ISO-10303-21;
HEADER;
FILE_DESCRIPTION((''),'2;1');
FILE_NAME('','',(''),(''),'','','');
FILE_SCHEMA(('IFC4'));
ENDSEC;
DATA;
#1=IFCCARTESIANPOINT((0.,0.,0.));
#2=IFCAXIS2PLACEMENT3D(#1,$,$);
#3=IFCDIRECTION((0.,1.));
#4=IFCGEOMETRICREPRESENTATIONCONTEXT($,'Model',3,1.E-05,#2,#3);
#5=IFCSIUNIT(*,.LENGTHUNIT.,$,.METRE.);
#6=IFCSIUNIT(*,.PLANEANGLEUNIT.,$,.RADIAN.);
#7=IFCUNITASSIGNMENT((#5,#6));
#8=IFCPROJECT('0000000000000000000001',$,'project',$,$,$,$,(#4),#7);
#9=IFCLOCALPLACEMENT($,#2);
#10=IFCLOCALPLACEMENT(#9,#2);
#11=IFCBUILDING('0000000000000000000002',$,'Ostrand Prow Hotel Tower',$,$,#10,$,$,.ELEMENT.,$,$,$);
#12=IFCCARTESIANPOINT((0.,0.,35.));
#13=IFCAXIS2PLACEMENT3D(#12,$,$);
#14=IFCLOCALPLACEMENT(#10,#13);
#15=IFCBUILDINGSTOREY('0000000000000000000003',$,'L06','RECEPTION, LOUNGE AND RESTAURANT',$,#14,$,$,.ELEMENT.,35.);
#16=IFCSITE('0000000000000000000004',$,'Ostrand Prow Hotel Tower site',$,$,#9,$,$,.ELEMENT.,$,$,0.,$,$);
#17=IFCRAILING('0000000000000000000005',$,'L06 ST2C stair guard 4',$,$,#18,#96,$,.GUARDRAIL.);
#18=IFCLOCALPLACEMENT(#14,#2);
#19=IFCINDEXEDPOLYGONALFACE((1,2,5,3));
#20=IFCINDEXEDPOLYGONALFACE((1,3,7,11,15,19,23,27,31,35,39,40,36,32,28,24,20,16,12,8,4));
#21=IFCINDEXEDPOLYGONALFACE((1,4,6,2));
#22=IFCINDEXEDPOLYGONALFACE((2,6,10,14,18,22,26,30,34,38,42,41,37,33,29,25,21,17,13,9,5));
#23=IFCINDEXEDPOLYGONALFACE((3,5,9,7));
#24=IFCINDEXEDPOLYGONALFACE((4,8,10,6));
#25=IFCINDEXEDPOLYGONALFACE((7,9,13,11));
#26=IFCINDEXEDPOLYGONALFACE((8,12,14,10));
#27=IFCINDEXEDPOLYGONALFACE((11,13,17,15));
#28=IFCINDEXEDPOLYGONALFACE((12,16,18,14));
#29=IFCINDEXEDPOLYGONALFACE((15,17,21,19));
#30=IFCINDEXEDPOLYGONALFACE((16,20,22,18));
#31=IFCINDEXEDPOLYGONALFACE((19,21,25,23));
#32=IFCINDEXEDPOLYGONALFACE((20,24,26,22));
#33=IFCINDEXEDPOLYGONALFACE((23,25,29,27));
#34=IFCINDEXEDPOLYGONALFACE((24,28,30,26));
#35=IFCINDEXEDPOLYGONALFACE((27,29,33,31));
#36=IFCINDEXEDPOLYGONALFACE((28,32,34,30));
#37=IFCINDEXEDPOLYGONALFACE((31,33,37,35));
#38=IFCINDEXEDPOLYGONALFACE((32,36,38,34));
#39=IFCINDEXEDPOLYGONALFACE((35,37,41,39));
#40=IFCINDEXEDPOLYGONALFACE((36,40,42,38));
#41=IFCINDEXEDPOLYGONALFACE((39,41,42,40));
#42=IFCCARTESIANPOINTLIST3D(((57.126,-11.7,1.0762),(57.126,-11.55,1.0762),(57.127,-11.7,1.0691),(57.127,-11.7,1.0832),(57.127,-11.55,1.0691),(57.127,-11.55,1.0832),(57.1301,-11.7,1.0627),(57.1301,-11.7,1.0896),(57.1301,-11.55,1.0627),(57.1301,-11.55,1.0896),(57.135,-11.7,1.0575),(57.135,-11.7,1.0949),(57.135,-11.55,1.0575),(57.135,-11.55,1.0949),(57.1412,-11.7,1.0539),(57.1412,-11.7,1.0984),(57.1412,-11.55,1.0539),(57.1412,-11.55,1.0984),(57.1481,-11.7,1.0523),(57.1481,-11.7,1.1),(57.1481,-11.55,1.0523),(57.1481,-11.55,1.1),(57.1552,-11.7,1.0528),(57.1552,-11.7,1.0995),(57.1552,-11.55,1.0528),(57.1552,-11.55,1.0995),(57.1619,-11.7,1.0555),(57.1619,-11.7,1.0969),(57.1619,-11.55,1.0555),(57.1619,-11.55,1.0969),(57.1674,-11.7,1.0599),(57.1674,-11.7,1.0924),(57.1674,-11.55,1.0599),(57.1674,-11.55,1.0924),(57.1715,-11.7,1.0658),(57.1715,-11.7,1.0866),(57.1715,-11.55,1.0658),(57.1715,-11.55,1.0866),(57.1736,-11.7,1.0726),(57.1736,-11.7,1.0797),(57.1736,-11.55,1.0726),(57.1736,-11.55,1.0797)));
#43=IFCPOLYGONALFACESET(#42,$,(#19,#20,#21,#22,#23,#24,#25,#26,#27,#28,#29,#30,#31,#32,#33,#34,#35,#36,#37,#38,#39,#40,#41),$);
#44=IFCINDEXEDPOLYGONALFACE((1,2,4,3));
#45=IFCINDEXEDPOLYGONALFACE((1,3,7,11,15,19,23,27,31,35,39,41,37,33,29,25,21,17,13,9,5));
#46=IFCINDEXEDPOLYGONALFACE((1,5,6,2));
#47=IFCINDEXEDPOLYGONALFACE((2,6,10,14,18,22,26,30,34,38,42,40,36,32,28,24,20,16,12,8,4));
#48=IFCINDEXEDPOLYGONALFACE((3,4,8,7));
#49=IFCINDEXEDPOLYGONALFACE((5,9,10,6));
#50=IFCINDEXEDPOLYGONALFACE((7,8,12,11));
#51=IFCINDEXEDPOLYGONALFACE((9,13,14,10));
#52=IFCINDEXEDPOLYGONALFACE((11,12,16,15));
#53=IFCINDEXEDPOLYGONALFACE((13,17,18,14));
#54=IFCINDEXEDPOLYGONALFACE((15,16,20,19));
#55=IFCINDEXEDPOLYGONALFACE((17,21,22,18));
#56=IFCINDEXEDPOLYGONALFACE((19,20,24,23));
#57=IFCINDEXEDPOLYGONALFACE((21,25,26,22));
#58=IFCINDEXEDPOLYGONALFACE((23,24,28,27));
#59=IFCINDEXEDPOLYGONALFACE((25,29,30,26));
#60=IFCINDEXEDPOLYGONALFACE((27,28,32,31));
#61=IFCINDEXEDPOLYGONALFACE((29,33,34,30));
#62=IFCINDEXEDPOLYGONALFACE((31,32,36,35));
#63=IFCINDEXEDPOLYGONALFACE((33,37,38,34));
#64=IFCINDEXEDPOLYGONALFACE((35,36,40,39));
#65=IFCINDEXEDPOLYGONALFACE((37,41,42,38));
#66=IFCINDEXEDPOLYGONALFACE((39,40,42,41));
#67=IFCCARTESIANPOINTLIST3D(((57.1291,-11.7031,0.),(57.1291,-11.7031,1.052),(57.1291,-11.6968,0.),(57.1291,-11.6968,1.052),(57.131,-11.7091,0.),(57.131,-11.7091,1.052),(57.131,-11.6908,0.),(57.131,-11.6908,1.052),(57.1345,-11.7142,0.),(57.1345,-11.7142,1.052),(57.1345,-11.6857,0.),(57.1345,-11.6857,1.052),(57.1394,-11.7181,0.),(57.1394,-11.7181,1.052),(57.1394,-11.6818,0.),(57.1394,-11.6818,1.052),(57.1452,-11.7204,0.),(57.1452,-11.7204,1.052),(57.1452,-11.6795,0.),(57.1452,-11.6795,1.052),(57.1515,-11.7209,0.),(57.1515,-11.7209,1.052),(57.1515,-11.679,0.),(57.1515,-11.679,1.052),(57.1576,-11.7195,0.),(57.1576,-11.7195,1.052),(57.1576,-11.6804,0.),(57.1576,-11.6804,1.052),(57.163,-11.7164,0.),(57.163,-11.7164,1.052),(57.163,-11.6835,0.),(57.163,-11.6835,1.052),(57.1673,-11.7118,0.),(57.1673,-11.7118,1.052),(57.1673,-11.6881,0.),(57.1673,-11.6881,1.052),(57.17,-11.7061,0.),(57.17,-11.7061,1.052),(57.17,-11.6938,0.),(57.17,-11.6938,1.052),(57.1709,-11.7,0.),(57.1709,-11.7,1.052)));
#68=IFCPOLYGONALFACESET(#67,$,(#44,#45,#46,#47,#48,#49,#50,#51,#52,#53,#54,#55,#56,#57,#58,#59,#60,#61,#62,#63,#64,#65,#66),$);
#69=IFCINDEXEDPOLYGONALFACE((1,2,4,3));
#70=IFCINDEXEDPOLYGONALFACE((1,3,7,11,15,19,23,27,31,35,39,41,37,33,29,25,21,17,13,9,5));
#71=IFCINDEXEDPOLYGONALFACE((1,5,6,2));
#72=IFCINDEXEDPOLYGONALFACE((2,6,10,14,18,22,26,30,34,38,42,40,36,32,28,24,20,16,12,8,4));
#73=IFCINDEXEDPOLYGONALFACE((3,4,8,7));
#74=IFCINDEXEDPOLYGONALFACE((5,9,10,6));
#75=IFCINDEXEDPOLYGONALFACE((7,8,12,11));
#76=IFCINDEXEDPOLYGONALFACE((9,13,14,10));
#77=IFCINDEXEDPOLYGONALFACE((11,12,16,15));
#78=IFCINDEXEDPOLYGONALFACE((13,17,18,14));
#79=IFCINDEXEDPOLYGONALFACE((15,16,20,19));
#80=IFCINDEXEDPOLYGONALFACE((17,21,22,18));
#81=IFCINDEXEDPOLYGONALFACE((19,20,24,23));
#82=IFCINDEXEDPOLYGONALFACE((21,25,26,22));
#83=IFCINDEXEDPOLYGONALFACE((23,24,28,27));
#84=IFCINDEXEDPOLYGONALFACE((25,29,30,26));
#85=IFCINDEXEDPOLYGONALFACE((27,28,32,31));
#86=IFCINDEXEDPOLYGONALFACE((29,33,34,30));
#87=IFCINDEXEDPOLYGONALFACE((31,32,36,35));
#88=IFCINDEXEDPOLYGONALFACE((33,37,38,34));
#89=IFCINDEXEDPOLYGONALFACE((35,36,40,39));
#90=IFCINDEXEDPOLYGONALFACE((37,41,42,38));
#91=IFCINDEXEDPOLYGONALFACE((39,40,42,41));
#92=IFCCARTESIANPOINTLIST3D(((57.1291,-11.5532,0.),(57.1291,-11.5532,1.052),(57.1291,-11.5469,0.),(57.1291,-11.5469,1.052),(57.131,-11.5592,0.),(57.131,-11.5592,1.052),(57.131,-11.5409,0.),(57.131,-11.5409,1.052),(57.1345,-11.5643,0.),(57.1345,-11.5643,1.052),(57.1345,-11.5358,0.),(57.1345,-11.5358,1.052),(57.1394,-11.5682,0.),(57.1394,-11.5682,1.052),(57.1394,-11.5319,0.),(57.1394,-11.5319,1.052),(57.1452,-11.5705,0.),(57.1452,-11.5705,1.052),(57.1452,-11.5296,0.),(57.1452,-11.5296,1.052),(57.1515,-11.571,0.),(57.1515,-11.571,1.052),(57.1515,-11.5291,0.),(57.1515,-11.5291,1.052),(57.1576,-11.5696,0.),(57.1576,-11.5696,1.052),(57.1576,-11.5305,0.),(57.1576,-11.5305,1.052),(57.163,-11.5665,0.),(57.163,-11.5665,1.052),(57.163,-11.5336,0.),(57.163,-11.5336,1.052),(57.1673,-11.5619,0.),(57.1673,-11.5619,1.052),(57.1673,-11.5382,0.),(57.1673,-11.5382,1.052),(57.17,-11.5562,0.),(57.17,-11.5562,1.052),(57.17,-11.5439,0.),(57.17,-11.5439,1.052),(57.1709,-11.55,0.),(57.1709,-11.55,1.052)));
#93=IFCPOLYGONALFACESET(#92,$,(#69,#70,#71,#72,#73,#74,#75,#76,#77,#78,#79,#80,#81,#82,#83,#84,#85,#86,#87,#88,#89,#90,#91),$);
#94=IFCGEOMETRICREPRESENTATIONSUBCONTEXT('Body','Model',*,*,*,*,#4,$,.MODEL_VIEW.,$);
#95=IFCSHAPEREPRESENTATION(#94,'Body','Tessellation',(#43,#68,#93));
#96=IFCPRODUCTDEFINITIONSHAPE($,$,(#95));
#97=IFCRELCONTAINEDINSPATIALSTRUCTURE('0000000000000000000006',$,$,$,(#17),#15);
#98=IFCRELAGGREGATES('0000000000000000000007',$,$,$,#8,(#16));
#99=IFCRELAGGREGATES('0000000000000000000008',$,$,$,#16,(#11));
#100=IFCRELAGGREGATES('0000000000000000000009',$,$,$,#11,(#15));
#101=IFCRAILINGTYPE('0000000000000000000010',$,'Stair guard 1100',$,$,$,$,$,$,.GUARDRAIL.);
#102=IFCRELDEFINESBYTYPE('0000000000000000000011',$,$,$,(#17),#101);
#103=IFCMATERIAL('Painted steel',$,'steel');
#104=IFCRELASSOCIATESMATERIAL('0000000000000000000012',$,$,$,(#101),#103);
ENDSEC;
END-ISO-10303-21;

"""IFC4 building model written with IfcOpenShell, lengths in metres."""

from ifc_helpers import new_model, si_unit, direction, frame, origin, origin_2d, place, context, subcontext, project, spatial, circle, extrude, material, type_object, element, save


model = new_model("IFC4")

# Units and contexts
model_context = context("Model", 3, precision=1e-05, world=origin(), true_north=direction((0.0, 1.0)))
body_context = subcontext(model_context, "Body", "Model", "MODEL_VIEW")
ifc_project = project(units=[si_unit("LENGTHUNIT", "METRE"), si_unit("PLANEANGLEUNIT", "RADIAN")], contexts=[model_context])

# Site, building, storey
site_placement = place(None, origin())
site = spatial("IfcSite", under=ifc_project, at=site_placement, Name="Ostrand Prow Hotel Tower site", CompositionType="ELEMENT", RefElevation=0.0)
building_placement = place(site_placement, origin())
building = spatial("IfcBuilding", under=site, at=building_placement, Name="Ostrand Prow Hotel Tower", CompositionType="ELEMENT")
storey_placement = place(building_placement, frame((0.0, 0.0, 35.0)))
storey = spatial("IfcBuildingStorey", under=building, at=storey_placement, Name="L06", Description="RECEPTION, LOUNGE AND RESTAURANT", CompositionType="ELEMENT", Elevation=35.0)

# Railing
ifc_material_1 = material(Name="Painted steel", Category="steel")
railing_type_1 = type_object("IfcRailingType", Name="Stair guard 1100", PredefinedType="GUARDRAIL", material=ifc_material_1)
railing_1_placement = place(storey_placement, frame((57.1499, -11.7, 0.0)))
element("IfcRailing", 1, at=railing_1_placement, inside=storey, type_object=railing_type_1, Name="L06 ST2C stair guard 4", PredefinedType="GUARDRAIL", context=body_context, shape_type="SweptSolid", body=[
    extrude(circle(Radius=0.0239, at=origin_2d()), frame((0.0, 0.0, 1.0762), z_axis=(0.0, 1.0, 0.0), x_axis=(-1.0, 0.0, 0.0)), (0.0, 0.0, 1.0), 0.1499),
    extrude(circle(Radius=0.021, at=origin_2d()), origin(), (0.0, 0.0, 1.0), 1.052),
    extrude(circle(Radius=0.021, at=origin_2d()), frame((0.0, 0.1499, 0.0)), (0.0, 0.0, 1.0), 1.052),
])

save(model, "model.ifc")
